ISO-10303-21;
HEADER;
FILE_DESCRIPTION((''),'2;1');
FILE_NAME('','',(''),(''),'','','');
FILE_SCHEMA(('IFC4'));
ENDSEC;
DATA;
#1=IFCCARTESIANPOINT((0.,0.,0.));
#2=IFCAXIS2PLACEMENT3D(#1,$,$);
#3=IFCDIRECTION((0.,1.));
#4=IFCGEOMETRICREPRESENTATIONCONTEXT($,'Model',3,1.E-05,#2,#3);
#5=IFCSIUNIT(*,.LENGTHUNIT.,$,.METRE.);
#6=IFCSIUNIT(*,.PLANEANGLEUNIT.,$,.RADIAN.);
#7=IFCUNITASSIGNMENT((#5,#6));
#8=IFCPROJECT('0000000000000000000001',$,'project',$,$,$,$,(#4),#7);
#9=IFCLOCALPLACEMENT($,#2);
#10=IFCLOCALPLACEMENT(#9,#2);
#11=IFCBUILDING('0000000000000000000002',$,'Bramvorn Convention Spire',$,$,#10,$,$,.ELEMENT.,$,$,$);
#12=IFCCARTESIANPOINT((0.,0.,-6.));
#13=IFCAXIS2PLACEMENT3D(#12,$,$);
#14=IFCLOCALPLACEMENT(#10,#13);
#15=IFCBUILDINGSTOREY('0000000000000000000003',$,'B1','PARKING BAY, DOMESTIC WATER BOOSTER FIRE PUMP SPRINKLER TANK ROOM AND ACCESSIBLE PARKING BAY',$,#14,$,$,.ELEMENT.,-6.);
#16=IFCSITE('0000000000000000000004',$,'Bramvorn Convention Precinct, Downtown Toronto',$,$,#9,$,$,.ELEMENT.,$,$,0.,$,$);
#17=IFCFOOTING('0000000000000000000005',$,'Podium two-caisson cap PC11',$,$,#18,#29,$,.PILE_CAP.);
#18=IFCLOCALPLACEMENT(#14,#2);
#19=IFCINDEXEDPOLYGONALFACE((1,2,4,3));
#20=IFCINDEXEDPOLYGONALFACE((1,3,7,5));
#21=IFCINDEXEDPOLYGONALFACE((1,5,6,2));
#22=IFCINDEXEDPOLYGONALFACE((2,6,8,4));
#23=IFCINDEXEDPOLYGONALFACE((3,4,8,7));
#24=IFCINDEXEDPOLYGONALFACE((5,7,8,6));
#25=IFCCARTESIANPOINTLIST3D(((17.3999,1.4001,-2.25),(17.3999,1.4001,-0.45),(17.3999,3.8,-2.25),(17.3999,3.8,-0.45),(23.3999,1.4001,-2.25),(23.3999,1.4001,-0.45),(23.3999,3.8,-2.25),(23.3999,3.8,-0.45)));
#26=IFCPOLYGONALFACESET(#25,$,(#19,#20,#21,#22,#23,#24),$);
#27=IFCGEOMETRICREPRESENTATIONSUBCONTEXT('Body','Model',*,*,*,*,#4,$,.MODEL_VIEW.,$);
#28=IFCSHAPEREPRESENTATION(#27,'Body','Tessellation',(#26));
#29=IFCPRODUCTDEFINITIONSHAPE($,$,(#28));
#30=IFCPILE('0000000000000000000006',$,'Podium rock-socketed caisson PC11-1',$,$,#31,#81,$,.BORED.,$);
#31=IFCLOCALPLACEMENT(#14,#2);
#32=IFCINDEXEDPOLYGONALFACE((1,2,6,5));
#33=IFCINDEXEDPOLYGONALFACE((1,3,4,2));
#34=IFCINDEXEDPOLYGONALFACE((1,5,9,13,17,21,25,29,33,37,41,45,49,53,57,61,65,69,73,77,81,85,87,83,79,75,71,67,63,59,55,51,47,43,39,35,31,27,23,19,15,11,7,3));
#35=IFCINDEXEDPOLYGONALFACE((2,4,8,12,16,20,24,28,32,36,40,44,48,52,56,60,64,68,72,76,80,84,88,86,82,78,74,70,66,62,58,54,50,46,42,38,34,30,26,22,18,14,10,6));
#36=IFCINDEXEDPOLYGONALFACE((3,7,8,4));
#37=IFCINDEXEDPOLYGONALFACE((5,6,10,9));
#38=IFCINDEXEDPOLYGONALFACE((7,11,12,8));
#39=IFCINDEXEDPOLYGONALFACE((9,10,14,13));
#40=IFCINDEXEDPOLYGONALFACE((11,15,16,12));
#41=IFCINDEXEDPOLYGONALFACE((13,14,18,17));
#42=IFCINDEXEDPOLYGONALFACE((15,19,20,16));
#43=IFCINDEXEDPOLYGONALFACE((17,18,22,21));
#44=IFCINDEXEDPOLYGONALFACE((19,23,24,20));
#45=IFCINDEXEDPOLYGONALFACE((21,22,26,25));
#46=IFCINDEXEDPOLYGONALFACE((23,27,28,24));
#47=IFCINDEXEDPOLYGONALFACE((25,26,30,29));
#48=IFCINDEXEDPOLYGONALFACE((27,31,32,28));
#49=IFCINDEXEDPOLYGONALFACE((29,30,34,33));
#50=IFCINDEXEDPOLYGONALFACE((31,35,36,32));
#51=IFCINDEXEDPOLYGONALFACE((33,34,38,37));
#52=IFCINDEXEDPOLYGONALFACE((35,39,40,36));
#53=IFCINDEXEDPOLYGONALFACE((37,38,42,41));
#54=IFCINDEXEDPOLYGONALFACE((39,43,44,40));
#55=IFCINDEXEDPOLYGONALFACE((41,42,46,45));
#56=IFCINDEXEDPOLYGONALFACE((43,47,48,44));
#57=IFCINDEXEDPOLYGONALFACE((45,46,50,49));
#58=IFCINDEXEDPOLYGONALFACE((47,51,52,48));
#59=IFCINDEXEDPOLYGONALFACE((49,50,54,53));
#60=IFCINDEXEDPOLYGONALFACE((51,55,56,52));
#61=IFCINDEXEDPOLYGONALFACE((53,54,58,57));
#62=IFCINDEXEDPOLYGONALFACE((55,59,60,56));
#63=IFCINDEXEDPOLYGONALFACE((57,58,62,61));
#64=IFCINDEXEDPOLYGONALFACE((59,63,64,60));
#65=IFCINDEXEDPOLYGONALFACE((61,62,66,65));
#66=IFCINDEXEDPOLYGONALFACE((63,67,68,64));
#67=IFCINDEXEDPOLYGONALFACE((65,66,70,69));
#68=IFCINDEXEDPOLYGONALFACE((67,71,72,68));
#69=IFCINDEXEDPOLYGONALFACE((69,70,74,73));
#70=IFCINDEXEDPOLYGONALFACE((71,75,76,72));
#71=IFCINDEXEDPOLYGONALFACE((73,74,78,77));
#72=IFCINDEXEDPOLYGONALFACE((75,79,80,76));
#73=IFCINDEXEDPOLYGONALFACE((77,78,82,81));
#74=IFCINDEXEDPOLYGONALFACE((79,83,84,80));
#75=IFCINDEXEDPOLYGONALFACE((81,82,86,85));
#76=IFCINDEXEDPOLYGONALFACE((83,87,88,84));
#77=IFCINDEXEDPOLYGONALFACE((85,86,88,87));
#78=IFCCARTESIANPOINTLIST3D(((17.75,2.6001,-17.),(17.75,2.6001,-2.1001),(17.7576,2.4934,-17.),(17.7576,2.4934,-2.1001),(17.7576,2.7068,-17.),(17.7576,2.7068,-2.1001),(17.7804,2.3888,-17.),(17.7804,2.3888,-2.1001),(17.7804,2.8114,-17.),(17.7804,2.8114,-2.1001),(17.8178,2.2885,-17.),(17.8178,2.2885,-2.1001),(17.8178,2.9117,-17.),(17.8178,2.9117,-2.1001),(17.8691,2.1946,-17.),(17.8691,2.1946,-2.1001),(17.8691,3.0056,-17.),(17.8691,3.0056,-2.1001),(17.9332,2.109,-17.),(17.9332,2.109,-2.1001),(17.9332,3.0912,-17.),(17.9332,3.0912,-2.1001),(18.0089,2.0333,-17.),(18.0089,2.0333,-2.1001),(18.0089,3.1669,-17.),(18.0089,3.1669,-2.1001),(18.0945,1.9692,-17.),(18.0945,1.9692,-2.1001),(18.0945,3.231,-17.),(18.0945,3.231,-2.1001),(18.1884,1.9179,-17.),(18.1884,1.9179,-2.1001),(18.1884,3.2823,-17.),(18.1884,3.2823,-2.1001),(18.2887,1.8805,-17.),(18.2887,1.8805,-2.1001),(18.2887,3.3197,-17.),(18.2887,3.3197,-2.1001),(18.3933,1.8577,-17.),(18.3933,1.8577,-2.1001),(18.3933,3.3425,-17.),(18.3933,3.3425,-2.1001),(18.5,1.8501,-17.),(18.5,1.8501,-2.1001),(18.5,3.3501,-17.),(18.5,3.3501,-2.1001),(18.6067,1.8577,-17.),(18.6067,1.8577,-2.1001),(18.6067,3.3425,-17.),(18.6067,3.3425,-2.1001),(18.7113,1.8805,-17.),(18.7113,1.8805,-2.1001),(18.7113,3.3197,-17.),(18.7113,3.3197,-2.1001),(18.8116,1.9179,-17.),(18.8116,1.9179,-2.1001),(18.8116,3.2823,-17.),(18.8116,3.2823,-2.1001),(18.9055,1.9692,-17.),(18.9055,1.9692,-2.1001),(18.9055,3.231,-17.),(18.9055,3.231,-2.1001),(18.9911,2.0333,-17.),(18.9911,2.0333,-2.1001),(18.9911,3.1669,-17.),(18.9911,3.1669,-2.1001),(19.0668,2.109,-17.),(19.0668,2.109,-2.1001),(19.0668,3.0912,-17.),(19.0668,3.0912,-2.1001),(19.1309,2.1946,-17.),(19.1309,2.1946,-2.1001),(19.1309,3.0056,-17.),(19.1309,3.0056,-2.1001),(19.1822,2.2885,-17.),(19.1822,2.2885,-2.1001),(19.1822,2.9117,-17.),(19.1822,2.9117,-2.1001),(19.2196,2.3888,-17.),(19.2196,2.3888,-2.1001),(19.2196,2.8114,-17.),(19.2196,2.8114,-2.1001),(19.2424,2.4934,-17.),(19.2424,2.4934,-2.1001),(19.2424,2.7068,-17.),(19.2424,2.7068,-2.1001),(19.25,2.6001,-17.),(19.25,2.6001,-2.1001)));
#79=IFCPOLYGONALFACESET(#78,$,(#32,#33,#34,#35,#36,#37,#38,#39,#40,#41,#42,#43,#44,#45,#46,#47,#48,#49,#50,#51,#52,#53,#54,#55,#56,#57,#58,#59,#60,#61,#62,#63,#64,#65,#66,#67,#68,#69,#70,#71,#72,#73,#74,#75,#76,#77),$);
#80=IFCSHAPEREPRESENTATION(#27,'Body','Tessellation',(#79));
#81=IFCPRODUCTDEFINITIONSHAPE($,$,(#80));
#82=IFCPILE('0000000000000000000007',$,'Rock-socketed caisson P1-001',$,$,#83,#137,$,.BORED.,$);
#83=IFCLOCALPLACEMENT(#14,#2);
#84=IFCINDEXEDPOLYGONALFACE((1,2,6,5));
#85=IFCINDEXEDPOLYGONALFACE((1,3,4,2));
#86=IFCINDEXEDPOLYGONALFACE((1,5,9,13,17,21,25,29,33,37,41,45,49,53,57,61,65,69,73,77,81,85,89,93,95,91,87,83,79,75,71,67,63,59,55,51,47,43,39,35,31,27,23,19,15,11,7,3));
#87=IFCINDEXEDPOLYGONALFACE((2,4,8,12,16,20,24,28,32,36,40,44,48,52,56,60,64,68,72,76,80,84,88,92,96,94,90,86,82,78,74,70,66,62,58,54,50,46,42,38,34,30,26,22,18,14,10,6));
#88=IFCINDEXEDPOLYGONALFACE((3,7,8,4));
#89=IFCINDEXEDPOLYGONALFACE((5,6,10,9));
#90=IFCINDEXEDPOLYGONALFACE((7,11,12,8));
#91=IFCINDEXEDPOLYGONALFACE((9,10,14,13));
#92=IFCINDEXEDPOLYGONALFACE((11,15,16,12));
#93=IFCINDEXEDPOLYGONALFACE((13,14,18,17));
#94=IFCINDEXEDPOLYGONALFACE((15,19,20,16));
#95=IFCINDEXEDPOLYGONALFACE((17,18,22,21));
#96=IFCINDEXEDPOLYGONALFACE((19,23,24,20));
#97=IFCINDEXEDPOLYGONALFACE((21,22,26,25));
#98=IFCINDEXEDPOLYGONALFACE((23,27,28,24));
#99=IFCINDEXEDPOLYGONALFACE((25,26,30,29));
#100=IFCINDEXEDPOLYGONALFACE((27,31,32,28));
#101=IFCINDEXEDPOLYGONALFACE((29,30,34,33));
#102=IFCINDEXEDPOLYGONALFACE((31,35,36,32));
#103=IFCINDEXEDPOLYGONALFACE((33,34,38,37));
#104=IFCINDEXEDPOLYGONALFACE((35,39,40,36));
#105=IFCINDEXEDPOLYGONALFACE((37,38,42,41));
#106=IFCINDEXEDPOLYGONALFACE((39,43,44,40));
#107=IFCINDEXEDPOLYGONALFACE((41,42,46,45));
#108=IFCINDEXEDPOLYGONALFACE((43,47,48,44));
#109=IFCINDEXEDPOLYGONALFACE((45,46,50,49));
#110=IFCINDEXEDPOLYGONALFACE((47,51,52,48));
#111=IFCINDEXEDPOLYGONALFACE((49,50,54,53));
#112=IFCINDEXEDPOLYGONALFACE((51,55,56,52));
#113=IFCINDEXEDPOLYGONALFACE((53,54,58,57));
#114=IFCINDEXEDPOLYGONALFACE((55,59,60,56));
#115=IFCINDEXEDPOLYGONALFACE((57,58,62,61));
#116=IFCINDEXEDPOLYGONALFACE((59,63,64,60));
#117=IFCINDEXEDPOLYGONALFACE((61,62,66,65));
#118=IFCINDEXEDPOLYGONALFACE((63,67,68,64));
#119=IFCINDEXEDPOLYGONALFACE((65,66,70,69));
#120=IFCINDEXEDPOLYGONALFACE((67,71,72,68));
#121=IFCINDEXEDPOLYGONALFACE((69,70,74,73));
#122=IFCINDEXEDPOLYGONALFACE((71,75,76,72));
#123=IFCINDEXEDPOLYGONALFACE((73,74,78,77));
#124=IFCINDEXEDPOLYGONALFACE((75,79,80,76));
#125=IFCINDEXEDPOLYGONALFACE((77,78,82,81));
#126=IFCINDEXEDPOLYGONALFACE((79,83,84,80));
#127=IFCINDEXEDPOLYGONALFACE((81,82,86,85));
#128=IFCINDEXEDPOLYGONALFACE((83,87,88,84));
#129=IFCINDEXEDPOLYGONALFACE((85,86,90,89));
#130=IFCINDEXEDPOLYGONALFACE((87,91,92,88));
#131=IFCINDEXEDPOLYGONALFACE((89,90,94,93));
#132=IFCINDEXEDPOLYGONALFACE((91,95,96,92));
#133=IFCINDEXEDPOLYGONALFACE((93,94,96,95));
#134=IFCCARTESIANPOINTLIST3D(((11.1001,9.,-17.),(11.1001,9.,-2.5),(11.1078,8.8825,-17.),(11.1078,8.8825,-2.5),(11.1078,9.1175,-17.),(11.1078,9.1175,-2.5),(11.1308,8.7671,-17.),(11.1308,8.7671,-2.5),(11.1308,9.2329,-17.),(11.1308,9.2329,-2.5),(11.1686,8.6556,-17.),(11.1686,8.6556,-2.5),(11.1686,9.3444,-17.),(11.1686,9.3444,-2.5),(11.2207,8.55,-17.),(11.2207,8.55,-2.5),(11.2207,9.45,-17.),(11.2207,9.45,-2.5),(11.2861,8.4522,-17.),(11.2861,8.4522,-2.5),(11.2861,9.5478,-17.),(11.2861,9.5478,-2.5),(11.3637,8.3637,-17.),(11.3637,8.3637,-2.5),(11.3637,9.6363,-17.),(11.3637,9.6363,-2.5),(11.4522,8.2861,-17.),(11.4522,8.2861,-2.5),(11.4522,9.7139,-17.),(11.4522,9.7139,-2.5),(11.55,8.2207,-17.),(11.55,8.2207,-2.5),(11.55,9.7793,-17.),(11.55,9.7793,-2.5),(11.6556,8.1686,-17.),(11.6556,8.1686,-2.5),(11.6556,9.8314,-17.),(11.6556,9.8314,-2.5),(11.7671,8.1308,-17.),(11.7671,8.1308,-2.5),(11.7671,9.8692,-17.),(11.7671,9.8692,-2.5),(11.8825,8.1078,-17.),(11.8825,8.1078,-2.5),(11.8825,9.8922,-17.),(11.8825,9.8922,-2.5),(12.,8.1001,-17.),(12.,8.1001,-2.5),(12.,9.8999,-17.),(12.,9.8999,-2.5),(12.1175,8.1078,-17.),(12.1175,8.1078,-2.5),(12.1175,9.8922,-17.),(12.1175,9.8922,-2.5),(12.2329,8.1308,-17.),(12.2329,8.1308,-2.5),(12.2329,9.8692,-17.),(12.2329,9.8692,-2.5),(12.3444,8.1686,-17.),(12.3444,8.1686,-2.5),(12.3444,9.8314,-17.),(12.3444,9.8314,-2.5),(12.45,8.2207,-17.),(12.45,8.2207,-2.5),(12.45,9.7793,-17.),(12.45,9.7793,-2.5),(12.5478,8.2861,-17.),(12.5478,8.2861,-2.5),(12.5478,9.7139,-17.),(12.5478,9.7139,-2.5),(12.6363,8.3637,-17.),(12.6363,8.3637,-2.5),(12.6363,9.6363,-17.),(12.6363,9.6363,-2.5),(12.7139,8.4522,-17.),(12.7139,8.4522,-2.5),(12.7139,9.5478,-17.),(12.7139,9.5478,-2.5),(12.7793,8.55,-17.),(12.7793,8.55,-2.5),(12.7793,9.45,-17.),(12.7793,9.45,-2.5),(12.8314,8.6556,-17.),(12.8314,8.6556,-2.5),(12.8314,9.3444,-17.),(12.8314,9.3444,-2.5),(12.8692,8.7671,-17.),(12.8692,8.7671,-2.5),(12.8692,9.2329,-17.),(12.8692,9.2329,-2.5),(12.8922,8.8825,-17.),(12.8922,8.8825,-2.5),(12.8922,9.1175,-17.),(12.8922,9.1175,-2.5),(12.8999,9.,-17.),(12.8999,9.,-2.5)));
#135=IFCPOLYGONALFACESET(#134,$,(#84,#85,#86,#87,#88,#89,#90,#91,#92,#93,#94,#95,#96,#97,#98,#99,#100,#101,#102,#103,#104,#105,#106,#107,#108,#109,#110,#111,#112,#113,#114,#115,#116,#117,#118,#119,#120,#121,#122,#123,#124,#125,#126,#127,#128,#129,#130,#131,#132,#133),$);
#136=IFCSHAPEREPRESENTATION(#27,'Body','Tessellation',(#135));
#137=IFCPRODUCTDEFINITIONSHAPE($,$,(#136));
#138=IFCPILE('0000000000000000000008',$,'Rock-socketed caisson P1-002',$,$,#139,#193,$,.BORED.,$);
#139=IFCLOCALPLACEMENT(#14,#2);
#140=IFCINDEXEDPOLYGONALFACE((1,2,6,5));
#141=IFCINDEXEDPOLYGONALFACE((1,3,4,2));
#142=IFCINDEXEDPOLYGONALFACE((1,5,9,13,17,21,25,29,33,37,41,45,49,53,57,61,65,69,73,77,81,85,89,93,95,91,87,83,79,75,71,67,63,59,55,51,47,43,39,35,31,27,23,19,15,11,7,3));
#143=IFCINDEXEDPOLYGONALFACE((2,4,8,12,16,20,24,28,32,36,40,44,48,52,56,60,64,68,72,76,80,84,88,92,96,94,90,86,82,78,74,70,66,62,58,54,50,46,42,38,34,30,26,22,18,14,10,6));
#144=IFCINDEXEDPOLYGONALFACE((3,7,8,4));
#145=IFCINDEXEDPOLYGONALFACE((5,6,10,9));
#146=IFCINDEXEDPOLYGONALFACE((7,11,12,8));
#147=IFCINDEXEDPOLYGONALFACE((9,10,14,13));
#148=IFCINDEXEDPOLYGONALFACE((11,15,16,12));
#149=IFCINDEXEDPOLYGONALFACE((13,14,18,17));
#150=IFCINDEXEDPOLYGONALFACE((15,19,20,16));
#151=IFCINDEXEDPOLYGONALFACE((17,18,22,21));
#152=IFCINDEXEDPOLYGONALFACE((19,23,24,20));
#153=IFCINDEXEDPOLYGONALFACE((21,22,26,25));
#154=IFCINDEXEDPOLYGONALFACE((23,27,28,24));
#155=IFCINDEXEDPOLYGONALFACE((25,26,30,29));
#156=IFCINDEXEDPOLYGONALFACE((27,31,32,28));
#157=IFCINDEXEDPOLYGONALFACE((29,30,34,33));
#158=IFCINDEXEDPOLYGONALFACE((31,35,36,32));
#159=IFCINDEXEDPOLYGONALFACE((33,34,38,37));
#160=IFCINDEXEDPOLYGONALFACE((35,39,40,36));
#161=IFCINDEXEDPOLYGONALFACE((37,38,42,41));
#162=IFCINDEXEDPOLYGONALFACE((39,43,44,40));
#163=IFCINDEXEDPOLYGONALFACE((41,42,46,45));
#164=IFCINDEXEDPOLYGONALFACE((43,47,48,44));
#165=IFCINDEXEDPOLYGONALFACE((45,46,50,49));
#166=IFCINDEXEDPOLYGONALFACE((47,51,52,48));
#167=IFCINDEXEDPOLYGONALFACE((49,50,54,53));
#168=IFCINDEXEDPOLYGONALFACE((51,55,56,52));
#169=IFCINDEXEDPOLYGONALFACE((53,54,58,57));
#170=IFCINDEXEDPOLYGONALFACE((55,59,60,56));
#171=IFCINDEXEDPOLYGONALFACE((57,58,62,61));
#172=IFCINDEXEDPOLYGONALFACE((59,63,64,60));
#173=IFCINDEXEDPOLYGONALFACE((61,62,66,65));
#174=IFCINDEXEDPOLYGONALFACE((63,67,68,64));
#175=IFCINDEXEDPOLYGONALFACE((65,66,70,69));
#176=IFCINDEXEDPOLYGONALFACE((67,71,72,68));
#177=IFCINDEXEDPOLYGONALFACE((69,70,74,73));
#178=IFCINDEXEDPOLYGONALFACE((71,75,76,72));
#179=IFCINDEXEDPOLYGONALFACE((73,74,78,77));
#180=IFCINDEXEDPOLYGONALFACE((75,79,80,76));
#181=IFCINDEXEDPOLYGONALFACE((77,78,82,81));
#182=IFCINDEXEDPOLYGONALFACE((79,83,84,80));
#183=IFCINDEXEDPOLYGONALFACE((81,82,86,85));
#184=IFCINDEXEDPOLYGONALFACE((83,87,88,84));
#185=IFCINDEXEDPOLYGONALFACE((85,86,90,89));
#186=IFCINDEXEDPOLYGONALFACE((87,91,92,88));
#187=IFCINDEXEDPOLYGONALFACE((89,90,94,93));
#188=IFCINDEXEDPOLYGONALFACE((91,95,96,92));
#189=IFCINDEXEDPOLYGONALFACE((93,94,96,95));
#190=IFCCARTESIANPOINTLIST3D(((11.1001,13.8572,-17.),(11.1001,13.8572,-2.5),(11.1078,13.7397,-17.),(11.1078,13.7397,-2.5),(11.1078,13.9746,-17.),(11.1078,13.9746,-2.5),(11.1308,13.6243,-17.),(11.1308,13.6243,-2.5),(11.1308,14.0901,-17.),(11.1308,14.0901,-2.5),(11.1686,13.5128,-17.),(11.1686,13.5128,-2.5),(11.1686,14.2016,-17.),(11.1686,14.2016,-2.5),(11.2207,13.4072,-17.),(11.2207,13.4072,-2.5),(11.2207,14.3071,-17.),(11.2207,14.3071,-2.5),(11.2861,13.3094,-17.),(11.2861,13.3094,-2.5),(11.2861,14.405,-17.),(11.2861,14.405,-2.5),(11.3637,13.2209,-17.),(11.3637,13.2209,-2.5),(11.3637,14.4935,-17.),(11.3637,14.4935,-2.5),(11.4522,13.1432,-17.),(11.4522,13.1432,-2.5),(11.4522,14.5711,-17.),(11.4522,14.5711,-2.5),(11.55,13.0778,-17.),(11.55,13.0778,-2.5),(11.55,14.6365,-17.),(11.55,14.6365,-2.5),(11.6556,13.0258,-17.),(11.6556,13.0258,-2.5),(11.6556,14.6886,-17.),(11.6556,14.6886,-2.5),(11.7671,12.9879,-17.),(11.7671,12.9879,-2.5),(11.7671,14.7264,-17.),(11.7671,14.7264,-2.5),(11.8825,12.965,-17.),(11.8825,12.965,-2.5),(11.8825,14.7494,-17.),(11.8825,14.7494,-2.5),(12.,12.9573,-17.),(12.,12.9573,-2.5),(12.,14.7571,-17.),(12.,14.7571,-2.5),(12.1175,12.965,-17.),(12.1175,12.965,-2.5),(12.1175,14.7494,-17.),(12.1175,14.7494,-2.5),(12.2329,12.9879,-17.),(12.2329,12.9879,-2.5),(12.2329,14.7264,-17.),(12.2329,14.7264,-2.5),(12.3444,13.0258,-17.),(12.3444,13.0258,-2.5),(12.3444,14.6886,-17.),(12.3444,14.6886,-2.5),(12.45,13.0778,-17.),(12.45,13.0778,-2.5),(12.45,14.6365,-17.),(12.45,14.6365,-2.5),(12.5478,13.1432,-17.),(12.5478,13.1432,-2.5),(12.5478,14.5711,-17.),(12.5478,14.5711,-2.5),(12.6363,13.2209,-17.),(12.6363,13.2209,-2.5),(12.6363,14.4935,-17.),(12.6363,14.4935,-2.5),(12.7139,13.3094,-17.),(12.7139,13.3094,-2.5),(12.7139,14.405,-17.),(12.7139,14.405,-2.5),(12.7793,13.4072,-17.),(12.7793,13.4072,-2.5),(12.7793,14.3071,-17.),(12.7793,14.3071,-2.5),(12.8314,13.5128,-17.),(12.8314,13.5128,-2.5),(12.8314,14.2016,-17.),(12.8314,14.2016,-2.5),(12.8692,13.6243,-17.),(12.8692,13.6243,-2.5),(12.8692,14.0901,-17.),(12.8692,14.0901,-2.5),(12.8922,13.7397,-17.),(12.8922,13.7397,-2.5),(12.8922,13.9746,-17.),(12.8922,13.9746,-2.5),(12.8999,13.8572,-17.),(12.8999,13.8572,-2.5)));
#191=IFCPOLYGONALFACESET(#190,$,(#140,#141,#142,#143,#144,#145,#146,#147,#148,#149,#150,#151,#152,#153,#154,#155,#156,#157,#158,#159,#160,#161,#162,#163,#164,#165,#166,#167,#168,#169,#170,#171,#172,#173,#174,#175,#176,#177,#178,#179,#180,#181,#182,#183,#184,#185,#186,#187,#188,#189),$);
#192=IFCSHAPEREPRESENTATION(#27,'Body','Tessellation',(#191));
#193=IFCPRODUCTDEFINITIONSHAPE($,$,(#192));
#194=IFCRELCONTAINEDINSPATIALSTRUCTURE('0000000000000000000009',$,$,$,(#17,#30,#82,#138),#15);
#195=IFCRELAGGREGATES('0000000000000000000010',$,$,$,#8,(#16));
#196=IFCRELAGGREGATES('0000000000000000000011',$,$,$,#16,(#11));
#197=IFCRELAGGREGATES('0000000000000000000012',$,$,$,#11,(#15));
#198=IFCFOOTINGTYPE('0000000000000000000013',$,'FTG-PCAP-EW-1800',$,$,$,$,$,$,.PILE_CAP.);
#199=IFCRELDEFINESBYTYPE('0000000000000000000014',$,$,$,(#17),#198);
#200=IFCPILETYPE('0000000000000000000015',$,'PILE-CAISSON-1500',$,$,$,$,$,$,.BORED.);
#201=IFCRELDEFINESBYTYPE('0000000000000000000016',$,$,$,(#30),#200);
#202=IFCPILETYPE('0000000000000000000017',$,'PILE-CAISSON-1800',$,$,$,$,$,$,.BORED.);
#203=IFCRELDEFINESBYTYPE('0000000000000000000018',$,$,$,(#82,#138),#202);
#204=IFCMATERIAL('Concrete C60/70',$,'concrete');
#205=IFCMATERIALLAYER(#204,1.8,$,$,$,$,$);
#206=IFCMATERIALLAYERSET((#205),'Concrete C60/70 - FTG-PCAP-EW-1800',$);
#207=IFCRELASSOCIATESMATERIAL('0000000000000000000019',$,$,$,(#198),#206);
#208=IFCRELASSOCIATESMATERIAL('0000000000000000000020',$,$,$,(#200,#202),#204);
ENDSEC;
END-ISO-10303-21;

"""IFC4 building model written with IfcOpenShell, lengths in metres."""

from ifc_helpers import new_model, si_unit, direction, frame, origin, origin_2d, place, context, subcontext, project, spatial, rectangle, circle, extrude, material, layer, layer_set, material_profile, profile_set, type_object, element, save


model = new_model("IFC4")

# Units and contexts
model_context = context("Model", 3, precision=1e-05, world=origin(), true_north=direction((0.0, 1.0)))
body_context = subcontext(model_context, "Body", "Model", "MODEL_VIEW")
ifc_project = project(units=[si_unit("LENGTHUNIT", "METRE"), si_unit("PLANEANGLEUNIT", "RADIAN")], contexts=[model_context])

# Site, building, storey
site_placement = place(None, origin())
site = spatial("IfcSite", under=ifc_project, at=site_placement, Name="Bramvorn Convention Precinct, Downtown Toronto", CompositionType="ELEMENT", RefElevation=0.0)
building_placement = place(site_placement, origin())
building = spatial("IfcBuilding", under=site, at=building_placement, Name="Bramvorn Convention Spire", CompositionType="ELEMENT")
storey_placement = place(building_placement, frame((0.0, 0.0, -6.0)))
storey = spatial("IfcBuildingStorey", under=building, at=storey_placement, Name="B1", Description="PARKING BAY, DOMESTIC WATER BOOSTER FIRE PUMP SPRINKLER TANK ROOM AND ACCESSIBLE PARKING BAY", CompositionType="ELEMENT", Elevation=-6.0)

# Footing
ifc_material_1 = material(Name="Concrete C60/70", Category="concrete")
ifc_layer_1 = layer(ifc_material_1, 1.8)
ifc_layer_set_1 = layer_set([ifc_layer_1], Name="Concrete C60/70 - FTG-PCAP-EW-1800")
footing_type = type_object("IfcFootingType", Name="FTG-PCAP-EW-1800", PredefinedType="PILE_CAP", material=ifc_layer_set_1)
footing_placement = place(storey_placement, frame((20.3999, 2.6001, -2.25), z_axis=(0.0, 0.0, 1.0), x_axis=(1.0, 0.0, 0.0)))
element("IfcFooting", 1, at=footing_placement, inside=storey, type_object=footing_type, Name="Podium two-caisson cap PC11", PredefinedType="PILE_CAP", context=body_context, shape_type="SweptSolid", body=[
    extrude(rectangle(XDim=6.0, YDim=2.3999, at=origin_2d()), origin(), (0.0, 0.0, 1.0), 1.8),
])

# Piles
ifc_material_profile_1 = material_profile(ifc_material_1, circle(Radius=0.75, at=origin_2d()))
ifc_profile_set_1 = profile_set([ifc_material_profile_1], Name="Concrete C60/70 - CAISSON1500")
pile_type_1 = type_object("IfcPileType", Name="PILE-CAISSON-1500", PredefinedType="BORED", material=ifc_profile_set_1)
pile_placement = place(storey_placement, frame((18.5, 2.6001, -2.1001), z_axis=(0.0, 0.0, -1.0), x_axis=(1.0, 0.0, 0.0)))
element("IfcPile", 2, at=pile_placement, inside=storey, type_object=pile_type_1, Name="Podium rock-socketed caisson PC11-1", PredefinedType="BORED", context=body_context, shape_type="SweptSolid", body=[
    extrude(circle(Radius=0.75, at=origin_2d()), origin(), (0.0, 0.0, 1.0), 14.8999),
])
ifc_material_profile_2 = material_profile(ifc_material_1, circle(Radius=0.8999, at=origin_2d()))
ifc_profile_set_2 = profile_set([ifc_material_profile_2], Name="Concrete C60/70 - CAISSON1800")
pile_type_2 = type_object("IfcPileType", Name="PILE-CAISSON-1800", PredefinedType="BORED", material=ifc_profile_set_2)
for number, where, z_axis, x_axis, name in (
    (3, (12.0, 9.0, -2.5), (0.0, 0.0, -1.0), (1.0, 0.0, 0.0), "Rock-socketed caisson P1-001"),
    (4, (12.0, 13.8572, -2.5), (0.0, 0.0, -1.0), (1.0, 0.0, 0.0), "Rock-socketed caisson P1-002"),
):
    element("IfcPile", number, at=place(storey_placement, frame(where, z_axis=z_axis, x_axis=x_axis)), inside=storey, type_object=pile_type_2, Name=name, PredefinedType="BORED", context=body_context, shape_type="SweptSolid", body=[
        extrude(circle(Radius=0.8999, at=origin_2d()), origin(), (0.0, 0.0, 1.0), 14.5),
    ])

save(model, "model.ifc")
